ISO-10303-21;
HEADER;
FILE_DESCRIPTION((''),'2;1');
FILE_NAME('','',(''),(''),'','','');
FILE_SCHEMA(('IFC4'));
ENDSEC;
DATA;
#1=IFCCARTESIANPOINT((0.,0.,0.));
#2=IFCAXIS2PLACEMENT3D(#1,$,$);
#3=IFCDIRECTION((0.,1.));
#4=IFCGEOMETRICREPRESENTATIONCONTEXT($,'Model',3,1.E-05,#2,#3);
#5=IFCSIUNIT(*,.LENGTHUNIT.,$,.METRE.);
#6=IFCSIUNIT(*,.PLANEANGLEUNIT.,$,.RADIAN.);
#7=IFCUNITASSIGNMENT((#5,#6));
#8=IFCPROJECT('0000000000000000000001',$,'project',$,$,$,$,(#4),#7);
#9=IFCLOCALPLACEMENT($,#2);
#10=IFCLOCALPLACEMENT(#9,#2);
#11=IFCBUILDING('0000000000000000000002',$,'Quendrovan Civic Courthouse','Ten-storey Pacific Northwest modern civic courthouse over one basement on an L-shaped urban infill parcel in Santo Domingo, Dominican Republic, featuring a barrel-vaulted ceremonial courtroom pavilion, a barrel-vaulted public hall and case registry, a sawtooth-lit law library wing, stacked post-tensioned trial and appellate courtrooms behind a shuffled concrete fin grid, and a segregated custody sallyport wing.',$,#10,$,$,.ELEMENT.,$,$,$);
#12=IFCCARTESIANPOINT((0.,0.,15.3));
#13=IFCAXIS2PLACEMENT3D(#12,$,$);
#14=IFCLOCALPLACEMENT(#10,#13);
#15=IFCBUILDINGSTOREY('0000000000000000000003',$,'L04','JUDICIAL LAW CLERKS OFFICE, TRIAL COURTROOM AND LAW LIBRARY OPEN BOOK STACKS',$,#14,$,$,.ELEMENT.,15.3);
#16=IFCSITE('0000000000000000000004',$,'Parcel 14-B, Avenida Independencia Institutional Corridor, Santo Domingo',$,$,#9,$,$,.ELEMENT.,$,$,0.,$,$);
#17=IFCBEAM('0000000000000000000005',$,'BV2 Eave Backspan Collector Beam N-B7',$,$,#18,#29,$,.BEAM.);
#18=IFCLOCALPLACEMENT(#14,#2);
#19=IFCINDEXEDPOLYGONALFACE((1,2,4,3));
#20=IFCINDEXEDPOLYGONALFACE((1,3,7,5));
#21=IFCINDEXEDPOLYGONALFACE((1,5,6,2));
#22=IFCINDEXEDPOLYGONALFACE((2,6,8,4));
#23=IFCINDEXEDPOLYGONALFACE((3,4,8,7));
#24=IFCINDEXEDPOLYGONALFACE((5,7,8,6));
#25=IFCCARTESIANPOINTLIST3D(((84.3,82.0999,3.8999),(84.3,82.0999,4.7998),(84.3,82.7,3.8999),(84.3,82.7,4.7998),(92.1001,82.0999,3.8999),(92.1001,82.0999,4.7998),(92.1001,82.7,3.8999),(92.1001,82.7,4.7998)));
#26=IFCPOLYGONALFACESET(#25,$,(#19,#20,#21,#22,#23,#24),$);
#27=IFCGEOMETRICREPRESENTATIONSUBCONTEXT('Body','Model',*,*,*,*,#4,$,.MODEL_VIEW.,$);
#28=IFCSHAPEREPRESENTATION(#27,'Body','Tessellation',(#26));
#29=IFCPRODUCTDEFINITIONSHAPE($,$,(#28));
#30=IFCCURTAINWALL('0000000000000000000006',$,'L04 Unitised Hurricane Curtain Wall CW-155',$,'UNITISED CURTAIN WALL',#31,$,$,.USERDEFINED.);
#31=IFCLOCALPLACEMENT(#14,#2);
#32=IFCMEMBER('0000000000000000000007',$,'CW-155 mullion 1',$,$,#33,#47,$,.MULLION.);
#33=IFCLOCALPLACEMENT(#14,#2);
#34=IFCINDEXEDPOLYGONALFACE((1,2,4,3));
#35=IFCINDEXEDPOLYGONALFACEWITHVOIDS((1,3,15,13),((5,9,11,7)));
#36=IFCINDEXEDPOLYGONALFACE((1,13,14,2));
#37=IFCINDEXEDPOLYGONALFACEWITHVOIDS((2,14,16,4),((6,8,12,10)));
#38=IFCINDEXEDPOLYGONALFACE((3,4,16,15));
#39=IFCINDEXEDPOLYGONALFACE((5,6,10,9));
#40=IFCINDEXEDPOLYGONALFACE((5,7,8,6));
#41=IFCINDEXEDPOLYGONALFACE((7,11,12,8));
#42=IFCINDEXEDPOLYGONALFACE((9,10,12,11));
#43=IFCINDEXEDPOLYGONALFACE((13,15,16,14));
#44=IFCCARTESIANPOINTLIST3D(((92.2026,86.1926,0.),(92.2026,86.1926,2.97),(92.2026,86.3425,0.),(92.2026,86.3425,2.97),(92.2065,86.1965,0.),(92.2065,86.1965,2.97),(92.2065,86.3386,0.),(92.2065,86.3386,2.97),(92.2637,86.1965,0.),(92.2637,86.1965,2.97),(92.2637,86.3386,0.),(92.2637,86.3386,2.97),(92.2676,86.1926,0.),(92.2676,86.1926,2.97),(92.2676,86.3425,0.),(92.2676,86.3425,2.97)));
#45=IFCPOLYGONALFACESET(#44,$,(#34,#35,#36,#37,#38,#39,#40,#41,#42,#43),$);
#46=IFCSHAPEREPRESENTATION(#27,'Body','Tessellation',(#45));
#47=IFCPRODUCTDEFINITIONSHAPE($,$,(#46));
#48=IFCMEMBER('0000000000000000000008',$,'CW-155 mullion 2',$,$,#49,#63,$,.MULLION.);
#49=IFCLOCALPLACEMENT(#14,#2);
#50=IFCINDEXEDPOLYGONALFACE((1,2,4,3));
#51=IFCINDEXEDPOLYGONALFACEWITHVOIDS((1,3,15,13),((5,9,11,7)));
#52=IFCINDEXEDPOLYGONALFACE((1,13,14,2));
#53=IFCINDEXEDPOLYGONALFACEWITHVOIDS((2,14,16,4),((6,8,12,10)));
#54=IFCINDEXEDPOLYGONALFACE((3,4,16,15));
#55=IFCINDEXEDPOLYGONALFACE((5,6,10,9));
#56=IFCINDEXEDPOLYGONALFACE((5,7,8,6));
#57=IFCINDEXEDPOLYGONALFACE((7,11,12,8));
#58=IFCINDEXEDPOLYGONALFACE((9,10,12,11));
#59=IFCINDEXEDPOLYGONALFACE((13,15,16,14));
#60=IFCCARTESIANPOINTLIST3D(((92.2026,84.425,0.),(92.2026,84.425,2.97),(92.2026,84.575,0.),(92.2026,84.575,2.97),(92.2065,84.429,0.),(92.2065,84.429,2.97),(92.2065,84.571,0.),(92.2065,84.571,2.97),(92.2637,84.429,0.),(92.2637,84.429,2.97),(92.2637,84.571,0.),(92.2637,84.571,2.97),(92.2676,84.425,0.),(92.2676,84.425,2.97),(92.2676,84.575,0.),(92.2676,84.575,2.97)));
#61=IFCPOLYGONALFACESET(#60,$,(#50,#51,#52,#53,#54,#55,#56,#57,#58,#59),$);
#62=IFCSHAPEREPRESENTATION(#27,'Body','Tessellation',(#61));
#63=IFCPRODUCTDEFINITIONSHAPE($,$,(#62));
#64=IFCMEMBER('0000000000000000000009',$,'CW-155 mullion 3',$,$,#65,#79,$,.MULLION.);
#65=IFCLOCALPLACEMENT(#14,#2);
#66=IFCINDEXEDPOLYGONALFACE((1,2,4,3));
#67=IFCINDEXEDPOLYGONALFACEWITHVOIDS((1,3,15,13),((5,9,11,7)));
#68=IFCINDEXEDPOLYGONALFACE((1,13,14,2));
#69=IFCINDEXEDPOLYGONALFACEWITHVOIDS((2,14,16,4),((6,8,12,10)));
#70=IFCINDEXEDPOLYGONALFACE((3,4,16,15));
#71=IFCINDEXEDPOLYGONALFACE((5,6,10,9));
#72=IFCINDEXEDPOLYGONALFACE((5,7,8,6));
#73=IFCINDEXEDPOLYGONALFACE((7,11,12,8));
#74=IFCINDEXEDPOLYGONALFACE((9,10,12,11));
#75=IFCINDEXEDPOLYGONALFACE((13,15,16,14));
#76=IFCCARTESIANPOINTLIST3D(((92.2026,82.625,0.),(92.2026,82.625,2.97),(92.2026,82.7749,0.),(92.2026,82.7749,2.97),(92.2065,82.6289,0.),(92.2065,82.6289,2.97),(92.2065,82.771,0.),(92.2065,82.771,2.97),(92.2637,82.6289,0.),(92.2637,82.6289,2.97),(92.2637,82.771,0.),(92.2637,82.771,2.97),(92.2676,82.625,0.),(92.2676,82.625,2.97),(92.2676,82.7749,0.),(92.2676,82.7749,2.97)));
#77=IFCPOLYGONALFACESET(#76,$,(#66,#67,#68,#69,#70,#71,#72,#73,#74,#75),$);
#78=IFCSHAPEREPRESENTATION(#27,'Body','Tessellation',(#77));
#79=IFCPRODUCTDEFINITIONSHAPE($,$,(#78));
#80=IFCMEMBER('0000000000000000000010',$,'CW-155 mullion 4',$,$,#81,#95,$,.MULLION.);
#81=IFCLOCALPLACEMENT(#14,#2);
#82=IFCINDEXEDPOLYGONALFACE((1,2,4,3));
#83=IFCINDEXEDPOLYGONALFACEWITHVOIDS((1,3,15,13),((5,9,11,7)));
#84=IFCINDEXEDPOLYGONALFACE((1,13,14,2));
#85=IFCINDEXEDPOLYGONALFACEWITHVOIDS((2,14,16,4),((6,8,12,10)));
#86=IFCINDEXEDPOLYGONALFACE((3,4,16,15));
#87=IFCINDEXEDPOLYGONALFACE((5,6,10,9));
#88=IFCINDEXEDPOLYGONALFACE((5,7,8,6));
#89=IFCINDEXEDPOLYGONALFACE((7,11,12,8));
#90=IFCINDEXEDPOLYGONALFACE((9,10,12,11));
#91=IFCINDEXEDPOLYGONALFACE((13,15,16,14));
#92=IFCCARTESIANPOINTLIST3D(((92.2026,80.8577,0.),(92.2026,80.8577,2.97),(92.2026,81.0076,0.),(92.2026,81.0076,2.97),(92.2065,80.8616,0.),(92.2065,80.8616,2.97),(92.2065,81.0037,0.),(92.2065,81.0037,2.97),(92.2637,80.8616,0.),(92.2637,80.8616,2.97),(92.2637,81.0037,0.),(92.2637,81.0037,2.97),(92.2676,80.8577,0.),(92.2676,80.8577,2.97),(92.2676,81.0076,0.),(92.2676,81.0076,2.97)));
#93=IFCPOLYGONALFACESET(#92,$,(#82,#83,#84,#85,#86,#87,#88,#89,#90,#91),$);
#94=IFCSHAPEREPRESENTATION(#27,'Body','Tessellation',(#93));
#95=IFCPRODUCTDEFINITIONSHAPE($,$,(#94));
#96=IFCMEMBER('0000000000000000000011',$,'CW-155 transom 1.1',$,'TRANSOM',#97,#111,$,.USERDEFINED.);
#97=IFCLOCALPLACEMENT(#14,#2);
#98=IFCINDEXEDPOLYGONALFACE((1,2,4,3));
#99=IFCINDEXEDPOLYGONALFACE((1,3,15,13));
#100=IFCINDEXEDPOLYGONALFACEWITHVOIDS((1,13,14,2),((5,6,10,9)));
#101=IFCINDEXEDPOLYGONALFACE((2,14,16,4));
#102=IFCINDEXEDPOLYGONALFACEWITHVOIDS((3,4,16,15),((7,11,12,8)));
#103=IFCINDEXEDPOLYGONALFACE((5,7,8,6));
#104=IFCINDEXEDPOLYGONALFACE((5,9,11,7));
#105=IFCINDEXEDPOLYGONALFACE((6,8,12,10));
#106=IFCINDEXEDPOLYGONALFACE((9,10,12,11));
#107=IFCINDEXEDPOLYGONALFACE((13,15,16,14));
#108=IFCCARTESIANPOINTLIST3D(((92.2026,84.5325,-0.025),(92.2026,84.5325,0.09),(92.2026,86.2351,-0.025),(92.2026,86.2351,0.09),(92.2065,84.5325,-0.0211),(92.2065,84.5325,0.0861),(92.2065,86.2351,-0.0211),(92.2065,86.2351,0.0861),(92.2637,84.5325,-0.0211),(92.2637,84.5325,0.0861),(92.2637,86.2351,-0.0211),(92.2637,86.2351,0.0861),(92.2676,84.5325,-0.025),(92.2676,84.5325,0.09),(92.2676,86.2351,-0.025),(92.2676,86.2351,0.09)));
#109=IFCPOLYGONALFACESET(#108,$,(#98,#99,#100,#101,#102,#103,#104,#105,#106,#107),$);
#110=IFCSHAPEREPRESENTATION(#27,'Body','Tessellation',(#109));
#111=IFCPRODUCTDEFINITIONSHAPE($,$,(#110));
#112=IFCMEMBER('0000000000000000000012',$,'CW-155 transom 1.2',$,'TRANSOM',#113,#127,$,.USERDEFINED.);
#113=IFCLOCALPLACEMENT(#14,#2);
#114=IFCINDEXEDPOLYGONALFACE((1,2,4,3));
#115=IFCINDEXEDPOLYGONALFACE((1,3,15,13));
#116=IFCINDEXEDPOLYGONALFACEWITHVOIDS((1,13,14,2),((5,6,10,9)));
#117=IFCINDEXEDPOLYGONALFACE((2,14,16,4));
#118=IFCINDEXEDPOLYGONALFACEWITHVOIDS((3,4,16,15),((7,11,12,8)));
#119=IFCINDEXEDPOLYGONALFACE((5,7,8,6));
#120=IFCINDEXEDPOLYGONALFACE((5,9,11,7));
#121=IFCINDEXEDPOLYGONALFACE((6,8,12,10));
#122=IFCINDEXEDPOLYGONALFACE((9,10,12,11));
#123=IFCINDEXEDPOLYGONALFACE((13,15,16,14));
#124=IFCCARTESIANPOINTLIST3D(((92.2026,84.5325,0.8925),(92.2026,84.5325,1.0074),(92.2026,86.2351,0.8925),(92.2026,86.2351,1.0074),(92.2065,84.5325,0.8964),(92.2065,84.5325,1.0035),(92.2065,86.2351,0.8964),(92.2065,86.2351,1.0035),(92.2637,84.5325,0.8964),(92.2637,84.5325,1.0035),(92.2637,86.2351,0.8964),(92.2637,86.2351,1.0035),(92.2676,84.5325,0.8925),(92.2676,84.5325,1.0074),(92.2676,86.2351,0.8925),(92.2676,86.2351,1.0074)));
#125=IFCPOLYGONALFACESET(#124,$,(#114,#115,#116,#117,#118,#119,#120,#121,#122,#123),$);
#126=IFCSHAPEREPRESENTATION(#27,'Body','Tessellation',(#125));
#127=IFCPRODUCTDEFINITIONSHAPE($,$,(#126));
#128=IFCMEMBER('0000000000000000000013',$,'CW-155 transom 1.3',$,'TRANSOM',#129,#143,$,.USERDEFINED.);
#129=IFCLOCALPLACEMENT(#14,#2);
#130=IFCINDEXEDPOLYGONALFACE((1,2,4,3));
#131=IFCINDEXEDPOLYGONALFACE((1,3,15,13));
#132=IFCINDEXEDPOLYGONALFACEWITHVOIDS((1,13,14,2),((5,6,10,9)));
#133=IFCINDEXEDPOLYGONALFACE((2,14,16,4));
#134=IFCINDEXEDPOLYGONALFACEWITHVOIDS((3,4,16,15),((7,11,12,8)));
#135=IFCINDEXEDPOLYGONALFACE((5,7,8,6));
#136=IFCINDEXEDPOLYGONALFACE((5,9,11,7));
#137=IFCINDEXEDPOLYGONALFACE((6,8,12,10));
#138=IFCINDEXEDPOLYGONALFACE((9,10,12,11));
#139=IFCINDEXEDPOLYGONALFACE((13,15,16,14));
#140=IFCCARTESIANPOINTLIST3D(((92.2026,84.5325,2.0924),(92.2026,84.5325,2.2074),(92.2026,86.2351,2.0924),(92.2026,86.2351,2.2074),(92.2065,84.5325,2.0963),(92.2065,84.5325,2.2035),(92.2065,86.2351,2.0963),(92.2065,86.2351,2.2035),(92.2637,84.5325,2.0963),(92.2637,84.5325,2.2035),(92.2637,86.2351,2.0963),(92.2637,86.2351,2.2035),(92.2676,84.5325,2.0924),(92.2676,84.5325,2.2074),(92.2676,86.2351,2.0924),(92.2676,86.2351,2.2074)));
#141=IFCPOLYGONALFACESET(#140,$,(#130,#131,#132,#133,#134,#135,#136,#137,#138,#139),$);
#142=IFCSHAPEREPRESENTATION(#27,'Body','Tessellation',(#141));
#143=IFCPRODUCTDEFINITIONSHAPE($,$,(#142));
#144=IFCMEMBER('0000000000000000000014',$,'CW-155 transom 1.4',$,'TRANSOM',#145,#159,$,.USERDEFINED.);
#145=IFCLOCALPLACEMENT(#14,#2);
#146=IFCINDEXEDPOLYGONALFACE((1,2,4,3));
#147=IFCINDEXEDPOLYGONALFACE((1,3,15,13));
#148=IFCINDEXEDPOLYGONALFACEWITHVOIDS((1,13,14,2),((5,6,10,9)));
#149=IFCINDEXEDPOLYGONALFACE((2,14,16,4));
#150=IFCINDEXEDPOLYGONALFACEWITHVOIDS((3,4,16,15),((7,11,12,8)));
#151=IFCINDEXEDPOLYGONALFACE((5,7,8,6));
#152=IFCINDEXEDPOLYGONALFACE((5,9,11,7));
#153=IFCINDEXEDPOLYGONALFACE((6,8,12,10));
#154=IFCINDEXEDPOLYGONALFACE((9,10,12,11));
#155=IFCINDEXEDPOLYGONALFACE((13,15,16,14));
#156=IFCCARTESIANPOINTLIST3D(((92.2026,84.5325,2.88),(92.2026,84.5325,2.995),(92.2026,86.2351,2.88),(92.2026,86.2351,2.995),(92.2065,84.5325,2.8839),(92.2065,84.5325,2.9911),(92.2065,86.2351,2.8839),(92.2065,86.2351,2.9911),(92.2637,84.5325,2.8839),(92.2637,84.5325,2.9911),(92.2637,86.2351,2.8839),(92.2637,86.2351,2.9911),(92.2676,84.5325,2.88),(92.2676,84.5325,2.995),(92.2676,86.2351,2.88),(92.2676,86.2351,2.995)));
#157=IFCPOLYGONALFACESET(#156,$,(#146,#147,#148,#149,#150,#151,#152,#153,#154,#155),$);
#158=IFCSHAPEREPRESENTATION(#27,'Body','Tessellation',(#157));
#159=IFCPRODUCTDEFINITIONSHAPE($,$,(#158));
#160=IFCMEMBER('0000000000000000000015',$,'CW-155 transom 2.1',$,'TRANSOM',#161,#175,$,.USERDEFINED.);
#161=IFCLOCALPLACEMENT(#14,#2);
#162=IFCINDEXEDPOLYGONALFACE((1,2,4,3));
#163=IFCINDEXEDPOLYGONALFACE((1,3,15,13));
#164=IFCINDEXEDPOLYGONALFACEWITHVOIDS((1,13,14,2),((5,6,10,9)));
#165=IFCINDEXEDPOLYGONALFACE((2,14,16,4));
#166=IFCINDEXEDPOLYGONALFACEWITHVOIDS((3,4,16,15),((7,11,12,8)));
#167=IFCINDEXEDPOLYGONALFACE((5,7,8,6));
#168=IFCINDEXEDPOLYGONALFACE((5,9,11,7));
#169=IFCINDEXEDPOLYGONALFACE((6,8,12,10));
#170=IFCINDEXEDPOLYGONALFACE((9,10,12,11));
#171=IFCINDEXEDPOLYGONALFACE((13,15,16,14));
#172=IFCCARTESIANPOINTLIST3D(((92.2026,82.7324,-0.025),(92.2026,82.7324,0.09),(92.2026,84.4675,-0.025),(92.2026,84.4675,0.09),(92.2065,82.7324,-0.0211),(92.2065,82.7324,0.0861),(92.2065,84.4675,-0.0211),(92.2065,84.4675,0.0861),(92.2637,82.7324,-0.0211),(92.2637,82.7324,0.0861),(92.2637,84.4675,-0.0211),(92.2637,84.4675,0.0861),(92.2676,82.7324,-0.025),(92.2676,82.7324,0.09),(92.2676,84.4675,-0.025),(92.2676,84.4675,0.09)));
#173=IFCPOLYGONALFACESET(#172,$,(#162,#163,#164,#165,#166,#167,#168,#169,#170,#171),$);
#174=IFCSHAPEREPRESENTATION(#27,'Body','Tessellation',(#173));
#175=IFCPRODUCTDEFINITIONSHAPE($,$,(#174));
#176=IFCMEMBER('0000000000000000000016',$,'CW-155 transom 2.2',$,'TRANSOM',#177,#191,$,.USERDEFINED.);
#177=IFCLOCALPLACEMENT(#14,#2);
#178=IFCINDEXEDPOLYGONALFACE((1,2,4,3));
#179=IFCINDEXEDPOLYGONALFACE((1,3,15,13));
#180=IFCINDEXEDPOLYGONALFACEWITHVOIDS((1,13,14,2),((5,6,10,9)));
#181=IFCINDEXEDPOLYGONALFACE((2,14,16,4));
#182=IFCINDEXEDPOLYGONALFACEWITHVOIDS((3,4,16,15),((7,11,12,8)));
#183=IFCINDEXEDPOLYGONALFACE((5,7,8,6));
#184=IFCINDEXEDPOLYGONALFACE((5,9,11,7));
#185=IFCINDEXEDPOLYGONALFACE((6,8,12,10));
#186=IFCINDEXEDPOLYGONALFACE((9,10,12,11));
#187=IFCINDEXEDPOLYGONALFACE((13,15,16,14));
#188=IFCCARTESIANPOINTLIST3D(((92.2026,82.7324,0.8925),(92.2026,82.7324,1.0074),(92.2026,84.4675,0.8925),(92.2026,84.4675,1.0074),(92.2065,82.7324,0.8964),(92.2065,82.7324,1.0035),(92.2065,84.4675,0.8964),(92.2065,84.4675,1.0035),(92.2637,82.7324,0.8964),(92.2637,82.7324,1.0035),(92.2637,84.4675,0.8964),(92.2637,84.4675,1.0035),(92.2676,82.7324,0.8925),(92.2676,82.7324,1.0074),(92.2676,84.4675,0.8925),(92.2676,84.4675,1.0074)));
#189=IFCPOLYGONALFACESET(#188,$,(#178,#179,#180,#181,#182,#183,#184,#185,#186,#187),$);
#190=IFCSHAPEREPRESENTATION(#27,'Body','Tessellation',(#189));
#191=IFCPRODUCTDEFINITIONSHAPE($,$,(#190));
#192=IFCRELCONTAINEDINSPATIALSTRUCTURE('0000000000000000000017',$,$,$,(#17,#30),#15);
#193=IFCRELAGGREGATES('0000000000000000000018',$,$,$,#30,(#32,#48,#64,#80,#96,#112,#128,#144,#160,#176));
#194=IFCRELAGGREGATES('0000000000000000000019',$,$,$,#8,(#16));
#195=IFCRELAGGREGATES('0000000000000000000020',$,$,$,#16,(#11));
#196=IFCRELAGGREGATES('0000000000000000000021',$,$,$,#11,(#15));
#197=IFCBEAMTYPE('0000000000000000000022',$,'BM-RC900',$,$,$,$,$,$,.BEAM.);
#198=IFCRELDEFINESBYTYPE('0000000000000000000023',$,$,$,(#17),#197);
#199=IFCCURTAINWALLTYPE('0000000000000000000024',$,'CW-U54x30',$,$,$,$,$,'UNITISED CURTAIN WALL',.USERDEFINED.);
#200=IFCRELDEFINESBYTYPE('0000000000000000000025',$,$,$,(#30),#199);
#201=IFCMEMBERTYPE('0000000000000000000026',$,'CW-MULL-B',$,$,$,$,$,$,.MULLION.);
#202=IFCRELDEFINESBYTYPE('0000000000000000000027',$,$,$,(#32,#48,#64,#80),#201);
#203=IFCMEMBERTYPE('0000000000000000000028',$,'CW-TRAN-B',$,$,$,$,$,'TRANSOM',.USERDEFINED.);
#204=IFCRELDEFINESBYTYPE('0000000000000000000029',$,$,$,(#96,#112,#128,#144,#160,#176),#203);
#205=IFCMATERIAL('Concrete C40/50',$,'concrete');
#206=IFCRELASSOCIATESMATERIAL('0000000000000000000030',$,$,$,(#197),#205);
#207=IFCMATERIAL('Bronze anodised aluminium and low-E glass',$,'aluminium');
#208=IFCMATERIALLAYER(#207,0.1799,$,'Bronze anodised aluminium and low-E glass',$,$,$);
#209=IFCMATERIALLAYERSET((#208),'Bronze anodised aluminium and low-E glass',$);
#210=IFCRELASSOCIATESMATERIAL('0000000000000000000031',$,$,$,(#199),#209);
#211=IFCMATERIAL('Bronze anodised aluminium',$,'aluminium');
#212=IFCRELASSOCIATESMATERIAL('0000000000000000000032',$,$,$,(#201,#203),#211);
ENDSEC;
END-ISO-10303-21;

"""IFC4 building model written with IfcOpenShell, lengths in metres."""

from ifc_helpers import new_model, si_unit, direction, frame, origin, origin_2d, place, context, subcontext, project, spatial, rectangle, hollow_rectangle, extrude, material, layer, layer_set, material_profile, profile_set, type_object, element, aggregate, save


model = new_model("IFC4")

# Units and contexts
model_context = context("Model", 3, precision=1e-05, world=origin(), true_north=direction((0.0, 1.0)))
body_context = subcontext(model_context, "Body", "Model", "MODEL_VIEW")
ifc_project = project(units=[si_unit("LENGTHUNIT", "METRE"), si_unit("PLANEANGLEUNIT", "RADIAN")], contexts=[model_context])

# Site, building, storey
site_placement = place(None, origin())
site = spatial("IfcSite", under=ifc_project, at=site_placement, Name="Parcel 14-B, Avenida Independencia Institutional Corridor, Santo Domingo", CompositionType="ELEMENT", RefElevation=0.0)
building_placement = place(site_placement, origin())
building = spatial("IfcBuilding", under=site, at=building_placement, Name="Quendrovan Civic Courthouse", Description="Ten-storey Pacific Northwest modern civic courthouse over one basement on an L-shaped urban infill parcel in Santo Domingo, Dominican Republic, featuring a barrel-vaulted ceremonial courtroom pavilion, a barrel-vaulted public hall and case registry, a sawtooth-lit law library wing, stacked post-tensioned trial and appellate courtrooms behind a shuffled concrete fin grid, and a segregated custody sallyport wing.", CompositionType="ELEMENT")
storey_placement = place(building_placement, frame((0.0, 0.0, 15.3)))
storey = spatial("IfcBuildingStorey", under=building, at=storey_placement, Name="L04", Description="JUDICIAL LAW CLERKS OFFICE, TRIAL COURTROOM AND LAW LIBRARY OPEN BOOK STACKS", CompositionType="ELEMENT", Elevation=15.3)

# Beam
ifc_material_1 = material(Name="Concrete C40/50", Category="concrete")
ifc_material_profile_1 = material_profile(ifc_material_1, rectangle(XDim=0.6001, YDim=0.8999, at=origin_2d()), Name="RC-BM-600x900")
ifc_profile_set_1 = profile_set([ifc_material_profile_1], Name="Concrete C40/50")
beam_type = type_object("IfcBeamType", Name="BM-RC900", PredefinedType="BEAM", material=ifc_profile_set_1)
beam_placement = place(storey_placement, frame((84.3, 82.3999, 4.3499), z_axis=(1.0, 0.0, 0.0), x_axis=(0.0, 1.0, 0.0)))
element("IfcBeam", 1, at=beam_placement, inside=storey, type_object=beam_type, Name="BV2 Eave Backspan Collector Beam N-B7", PredefinedType="BEAM", context=body_context, shape_type="SweptSolid", body=[
    extrude(rectangle(XDim=0.6001, YDim=0.8999, at=origin_2d()), origin(), (0.0, 0.0, 1.0), 7.8),
])

# Curtain wall, members
ifc_material_2 = material(Name="Bronze anodised aluminium and low-E glass", Category="aluminium")
ifc_layer_1 = layer(ifc_material_2, 0.1799, Name="Bronze anodised aluminium and low-E glass")
ifc_layer_set_1 = layer_set([ifc_layer_1], Name="Bronze anodised aluminium and low-E glass")
curtain_wall_type = type_object("IfcCurtainWallType", Name="CW-U54x30", ElementType="UNITISED CURTAIN WALL", PredefinedType="USERDEFINED", material=ifc_layer_set_1)
curtain_wall_placement = place(storey_placement, origin())
curtain_wall = element("IfcCurtainWall", 2, at=curtain_wall_placement, inside=storey, type_object=curtain_wall_type, Name="L04 Unitised Hurricane Curtain Wall CW-155", ObjectType="UNITISED CURTAIN WALL", PredefinedType="USERDEFINED")
ifc_material_3 = material(Name="Bronze anodised aluminium", Category="aluminium")
ifc_material_profile_2 = material_profile(ifc_material_3, hollow_rectangle(XDim=0.0649, YDim=0.1499, WallThickness=0.0039, at=origin_2d()), Name="CW-MULL-65x150")
ifc_profile_set_2 = profile_set([ifc_material_profile_2], Name="Bronze anodised aluminium")
member_type_1 = type_object("IfcMemberType", Name="CW-MULL-B", PredefinedType="MULLION", material=ifc_profile_set_2)
member_1_placement = place(storey_placement, frame((92.2351, 86.2676, 0.0), z_axis=(0.0, 0.0, 1.0), x_axis=(1.0, 0.0, 0.0)))
member_1 = element("IfcMember", 3, at=member_1_placement, type_object=member_type_1, Name="CW-155 mullion 1", PredefinedType="MULLION", context=body_context, shape_type="SweptSolid", body=[
    extrude(hollow_rectangle(XDim=0.0649, YDim=0.1499, WallThickness=0.0039, at=origin_2d()), origin(), (0.0, 0.0, 1.0), 2.97),
])
member_2_placement = place(storey_placement, frame((92.2351, 84.5, 0.0), z_axis=(0.0, 0.0, 1.0), x_axis=(1.0, 0.0, 0.0)))
member_2 = element("IfcMember", 4, at=member_2_placement, type_object=member_type_1, Name="CW-155 mullion 2", PredefinedType="MULLION", context=body_context, shape_type="SweptSolid", body=[
    extrude(hollow_rectangle(XDim=0.0649, YDim=0.1499, WallThickness=0.0039, at=origin_2d()), origin(), (0.0, 0.0, 1.0), 2.97),
])
member_3_placement = place(storey_placement, frame((92.2351, 82.7, 0.0), z_axis=(0.0, 0.0, 1.0), x_axis=(1.0, 0.0, 0.0)))
member_3 = element("IfcMember", 5, at=member_3_placement, type_object=member_type_1, Name="CW-155 mullion 3", PredefinedType="MULLION", context=body_context, shape_type="SweptSolid", body=[
    extrude(hollow_rectangle(XDim=0.0649, YDim=0.1499, WallThickness=0.0039, at=origin_2d()), origin(), (0.0, 0.0, 1.0), 2.97),
])
member_4_placement = place(storey_placement, frame((92.2351, 80.9326, 0.0), z_axis=(0.0, 0.0, 1.0), x_axis=(1.0, 0.0, 0.0)))
member_4 = element("IfcMember", 6, at=member_4_placement, type_object=member_type_1, Name="CW-155 mullion 4", PredefinedType="MULLION", context=body_context, shape_type="SweptSolid", body=[
    extrude(hollow_rectangle(XDim=0.0649, YDim=0.1499, WallThickness=0.0039, at=origin_2d()), origin(), (0.0, 0.0, 1.0), 2.97),
])
ifc_material_profile_3 = material_profile(ifc_material_3, hollow_rectangle(XDim=0.0649, YDim=0.115, WallThickness=0.0039, at=origin_2d()), Name="CW-TRAN-65x115")
ifc_profile_set_3 = profile_set([ifc_material_profile_3], Name="Bronze anodised aluminium")
member_type_2 = type_object("IfcMemberType", Name="CW-TRAN-B", ElementType="TRANSOM", PredefinedType="USERDEFINED", material=ifc_profile_set_3)
member_5_placement = place(storey_placement, frame((92.2351, 86.2351, 0.0325), z_axis=(0.0, -1.0, 0.0), x_axis=(1.0, 0.0, 0.0)))
member_5 = element("IfcMember", 7, at=member_5_placement, type_object=member_type_2, Name="CW-155 transom 1.1", ObjectType="TRANSOM", PredefinedType="USERDEFINED", context=body_context, shape_type="SweptSolid", body=[
    extrude(hollow_rectangle(XDim=0.0649, YDim=0.115, WallThickness=0.0039, at=origin_2d()), origin(), (0.0, 0.0, 1.0), 1.7026),
])
member_6_placement = place(storey_placement, frame((92.2351, 86.2351, 0.95), z_axis=(0.0, -1.0, 0.0), x_axis=(1.0, 0.0, 0.0)))
member_6 = element("IfcMember", 8, at=member_6_placement, type_object=member_type_2, Name="CW-155 transom 1.2", ObjectType="TRANSOM", PredefinedType="USERDEFINED", context=body_context, shape_type="SweptSolid", body=[
    extrude(hollow_rectangle(XDim=0.0649, YDim=0.115, WallThickness=0.0039, at=origin_2d()), origin(), (0.0, 0.0, 1.0), 1.7026),
])
member_7_placement = place(storey_placement, frame((92.2351, 86.2351, 2.1499), z_axis=(0.0, -1.0, 0.0), x_axis=(1.0, 0.0, 0.0)))
member_7 = element("IfcMember", 9, at=member_7_placement, type_object=member_type_2, Name="CW-155 transom 1.3", ObjectType="TRANSOM", PredefinedType="USERDEFINED", context=body_context, shape_type="SweptSolid", body=[
    extrude(hollow_rectangle(XDim=0.0649, YDim=0.115, WallThickness=0.0039, at=origin_2d()), origin(), (0.0, 0.0, 1.0), 1.7026),
])
member_8_placement = place(storey_placement, frame((92.2351, 86.2351, 2.9375), z_axis=(0.0, -1.0, 0.0), x_axis=(1.0, 0.0, 0.0)))
member_8 = element("IfcMember", 10, at=member_8_placement, type_object=member_type_2, Name="CW-155 transom 1.4", ObjectType="TRANSOM", PredefinedType="USERDEFINED", context=body_context, shape_type="SweptSolid", body=[
    extrude(hollow_rectangle(XDim=0.0649, YDim=0.115, WallThickness=0.0039, at=origin_2d()), origin(), (0.0, 0.0, 1.0), 1.7026),
])
member_9_placement = place(storey_placement, frame((92.2351, 84.4675, 0.0325), z_axis=(0.0, -1.0, 0.0), x_axis=(1.0, 0.0, 0.0)))
member_9 = element("IfcMember", 11, at=member_9_placement, type_object=member_type_2, Name="CW-155 transom 2.1", ObjectType="TRANSOM", PredefinedType="USERDEFINED", context=body_context, shape_type="SweptSolid", body=[
    extrude(hollow_rectangle(XDim=0.0649, YDim=0.115, WallThickness=0.0039, at=origin_2d()), origin(), (0.0, 0.0, 1.0), 1.7351),
])
member_10_placement = place(storey_placement, frame((92.2351, 84.4675, 0.95), z_axis=(0.0, -1.0, 0.0), x_axis=(1.0, 0.0, 0.0)))
member_10 = element("IfcMember", 12, at=member_10_placement, type_object=member_type_2, Name="CW-155 transom 2.2", ObjectType="TRANSOM", PredefinedType="USERDEFINED", context=body_context, shape_type="SweptSolid", body=[
    extrude(hollow_rectangle(XDim=0.0649, YDim=0.115, WallThickness=0.0039, at=origin_2d()), origin(), (0.0, 0.0, 1.0), 1.7351),
])
aggregate(curtain_wall, [member_1, member_2, member_3, member_4, member_5, member_6, member_7, member_8, member_9, member_10])

save(model, "model.ifc")
